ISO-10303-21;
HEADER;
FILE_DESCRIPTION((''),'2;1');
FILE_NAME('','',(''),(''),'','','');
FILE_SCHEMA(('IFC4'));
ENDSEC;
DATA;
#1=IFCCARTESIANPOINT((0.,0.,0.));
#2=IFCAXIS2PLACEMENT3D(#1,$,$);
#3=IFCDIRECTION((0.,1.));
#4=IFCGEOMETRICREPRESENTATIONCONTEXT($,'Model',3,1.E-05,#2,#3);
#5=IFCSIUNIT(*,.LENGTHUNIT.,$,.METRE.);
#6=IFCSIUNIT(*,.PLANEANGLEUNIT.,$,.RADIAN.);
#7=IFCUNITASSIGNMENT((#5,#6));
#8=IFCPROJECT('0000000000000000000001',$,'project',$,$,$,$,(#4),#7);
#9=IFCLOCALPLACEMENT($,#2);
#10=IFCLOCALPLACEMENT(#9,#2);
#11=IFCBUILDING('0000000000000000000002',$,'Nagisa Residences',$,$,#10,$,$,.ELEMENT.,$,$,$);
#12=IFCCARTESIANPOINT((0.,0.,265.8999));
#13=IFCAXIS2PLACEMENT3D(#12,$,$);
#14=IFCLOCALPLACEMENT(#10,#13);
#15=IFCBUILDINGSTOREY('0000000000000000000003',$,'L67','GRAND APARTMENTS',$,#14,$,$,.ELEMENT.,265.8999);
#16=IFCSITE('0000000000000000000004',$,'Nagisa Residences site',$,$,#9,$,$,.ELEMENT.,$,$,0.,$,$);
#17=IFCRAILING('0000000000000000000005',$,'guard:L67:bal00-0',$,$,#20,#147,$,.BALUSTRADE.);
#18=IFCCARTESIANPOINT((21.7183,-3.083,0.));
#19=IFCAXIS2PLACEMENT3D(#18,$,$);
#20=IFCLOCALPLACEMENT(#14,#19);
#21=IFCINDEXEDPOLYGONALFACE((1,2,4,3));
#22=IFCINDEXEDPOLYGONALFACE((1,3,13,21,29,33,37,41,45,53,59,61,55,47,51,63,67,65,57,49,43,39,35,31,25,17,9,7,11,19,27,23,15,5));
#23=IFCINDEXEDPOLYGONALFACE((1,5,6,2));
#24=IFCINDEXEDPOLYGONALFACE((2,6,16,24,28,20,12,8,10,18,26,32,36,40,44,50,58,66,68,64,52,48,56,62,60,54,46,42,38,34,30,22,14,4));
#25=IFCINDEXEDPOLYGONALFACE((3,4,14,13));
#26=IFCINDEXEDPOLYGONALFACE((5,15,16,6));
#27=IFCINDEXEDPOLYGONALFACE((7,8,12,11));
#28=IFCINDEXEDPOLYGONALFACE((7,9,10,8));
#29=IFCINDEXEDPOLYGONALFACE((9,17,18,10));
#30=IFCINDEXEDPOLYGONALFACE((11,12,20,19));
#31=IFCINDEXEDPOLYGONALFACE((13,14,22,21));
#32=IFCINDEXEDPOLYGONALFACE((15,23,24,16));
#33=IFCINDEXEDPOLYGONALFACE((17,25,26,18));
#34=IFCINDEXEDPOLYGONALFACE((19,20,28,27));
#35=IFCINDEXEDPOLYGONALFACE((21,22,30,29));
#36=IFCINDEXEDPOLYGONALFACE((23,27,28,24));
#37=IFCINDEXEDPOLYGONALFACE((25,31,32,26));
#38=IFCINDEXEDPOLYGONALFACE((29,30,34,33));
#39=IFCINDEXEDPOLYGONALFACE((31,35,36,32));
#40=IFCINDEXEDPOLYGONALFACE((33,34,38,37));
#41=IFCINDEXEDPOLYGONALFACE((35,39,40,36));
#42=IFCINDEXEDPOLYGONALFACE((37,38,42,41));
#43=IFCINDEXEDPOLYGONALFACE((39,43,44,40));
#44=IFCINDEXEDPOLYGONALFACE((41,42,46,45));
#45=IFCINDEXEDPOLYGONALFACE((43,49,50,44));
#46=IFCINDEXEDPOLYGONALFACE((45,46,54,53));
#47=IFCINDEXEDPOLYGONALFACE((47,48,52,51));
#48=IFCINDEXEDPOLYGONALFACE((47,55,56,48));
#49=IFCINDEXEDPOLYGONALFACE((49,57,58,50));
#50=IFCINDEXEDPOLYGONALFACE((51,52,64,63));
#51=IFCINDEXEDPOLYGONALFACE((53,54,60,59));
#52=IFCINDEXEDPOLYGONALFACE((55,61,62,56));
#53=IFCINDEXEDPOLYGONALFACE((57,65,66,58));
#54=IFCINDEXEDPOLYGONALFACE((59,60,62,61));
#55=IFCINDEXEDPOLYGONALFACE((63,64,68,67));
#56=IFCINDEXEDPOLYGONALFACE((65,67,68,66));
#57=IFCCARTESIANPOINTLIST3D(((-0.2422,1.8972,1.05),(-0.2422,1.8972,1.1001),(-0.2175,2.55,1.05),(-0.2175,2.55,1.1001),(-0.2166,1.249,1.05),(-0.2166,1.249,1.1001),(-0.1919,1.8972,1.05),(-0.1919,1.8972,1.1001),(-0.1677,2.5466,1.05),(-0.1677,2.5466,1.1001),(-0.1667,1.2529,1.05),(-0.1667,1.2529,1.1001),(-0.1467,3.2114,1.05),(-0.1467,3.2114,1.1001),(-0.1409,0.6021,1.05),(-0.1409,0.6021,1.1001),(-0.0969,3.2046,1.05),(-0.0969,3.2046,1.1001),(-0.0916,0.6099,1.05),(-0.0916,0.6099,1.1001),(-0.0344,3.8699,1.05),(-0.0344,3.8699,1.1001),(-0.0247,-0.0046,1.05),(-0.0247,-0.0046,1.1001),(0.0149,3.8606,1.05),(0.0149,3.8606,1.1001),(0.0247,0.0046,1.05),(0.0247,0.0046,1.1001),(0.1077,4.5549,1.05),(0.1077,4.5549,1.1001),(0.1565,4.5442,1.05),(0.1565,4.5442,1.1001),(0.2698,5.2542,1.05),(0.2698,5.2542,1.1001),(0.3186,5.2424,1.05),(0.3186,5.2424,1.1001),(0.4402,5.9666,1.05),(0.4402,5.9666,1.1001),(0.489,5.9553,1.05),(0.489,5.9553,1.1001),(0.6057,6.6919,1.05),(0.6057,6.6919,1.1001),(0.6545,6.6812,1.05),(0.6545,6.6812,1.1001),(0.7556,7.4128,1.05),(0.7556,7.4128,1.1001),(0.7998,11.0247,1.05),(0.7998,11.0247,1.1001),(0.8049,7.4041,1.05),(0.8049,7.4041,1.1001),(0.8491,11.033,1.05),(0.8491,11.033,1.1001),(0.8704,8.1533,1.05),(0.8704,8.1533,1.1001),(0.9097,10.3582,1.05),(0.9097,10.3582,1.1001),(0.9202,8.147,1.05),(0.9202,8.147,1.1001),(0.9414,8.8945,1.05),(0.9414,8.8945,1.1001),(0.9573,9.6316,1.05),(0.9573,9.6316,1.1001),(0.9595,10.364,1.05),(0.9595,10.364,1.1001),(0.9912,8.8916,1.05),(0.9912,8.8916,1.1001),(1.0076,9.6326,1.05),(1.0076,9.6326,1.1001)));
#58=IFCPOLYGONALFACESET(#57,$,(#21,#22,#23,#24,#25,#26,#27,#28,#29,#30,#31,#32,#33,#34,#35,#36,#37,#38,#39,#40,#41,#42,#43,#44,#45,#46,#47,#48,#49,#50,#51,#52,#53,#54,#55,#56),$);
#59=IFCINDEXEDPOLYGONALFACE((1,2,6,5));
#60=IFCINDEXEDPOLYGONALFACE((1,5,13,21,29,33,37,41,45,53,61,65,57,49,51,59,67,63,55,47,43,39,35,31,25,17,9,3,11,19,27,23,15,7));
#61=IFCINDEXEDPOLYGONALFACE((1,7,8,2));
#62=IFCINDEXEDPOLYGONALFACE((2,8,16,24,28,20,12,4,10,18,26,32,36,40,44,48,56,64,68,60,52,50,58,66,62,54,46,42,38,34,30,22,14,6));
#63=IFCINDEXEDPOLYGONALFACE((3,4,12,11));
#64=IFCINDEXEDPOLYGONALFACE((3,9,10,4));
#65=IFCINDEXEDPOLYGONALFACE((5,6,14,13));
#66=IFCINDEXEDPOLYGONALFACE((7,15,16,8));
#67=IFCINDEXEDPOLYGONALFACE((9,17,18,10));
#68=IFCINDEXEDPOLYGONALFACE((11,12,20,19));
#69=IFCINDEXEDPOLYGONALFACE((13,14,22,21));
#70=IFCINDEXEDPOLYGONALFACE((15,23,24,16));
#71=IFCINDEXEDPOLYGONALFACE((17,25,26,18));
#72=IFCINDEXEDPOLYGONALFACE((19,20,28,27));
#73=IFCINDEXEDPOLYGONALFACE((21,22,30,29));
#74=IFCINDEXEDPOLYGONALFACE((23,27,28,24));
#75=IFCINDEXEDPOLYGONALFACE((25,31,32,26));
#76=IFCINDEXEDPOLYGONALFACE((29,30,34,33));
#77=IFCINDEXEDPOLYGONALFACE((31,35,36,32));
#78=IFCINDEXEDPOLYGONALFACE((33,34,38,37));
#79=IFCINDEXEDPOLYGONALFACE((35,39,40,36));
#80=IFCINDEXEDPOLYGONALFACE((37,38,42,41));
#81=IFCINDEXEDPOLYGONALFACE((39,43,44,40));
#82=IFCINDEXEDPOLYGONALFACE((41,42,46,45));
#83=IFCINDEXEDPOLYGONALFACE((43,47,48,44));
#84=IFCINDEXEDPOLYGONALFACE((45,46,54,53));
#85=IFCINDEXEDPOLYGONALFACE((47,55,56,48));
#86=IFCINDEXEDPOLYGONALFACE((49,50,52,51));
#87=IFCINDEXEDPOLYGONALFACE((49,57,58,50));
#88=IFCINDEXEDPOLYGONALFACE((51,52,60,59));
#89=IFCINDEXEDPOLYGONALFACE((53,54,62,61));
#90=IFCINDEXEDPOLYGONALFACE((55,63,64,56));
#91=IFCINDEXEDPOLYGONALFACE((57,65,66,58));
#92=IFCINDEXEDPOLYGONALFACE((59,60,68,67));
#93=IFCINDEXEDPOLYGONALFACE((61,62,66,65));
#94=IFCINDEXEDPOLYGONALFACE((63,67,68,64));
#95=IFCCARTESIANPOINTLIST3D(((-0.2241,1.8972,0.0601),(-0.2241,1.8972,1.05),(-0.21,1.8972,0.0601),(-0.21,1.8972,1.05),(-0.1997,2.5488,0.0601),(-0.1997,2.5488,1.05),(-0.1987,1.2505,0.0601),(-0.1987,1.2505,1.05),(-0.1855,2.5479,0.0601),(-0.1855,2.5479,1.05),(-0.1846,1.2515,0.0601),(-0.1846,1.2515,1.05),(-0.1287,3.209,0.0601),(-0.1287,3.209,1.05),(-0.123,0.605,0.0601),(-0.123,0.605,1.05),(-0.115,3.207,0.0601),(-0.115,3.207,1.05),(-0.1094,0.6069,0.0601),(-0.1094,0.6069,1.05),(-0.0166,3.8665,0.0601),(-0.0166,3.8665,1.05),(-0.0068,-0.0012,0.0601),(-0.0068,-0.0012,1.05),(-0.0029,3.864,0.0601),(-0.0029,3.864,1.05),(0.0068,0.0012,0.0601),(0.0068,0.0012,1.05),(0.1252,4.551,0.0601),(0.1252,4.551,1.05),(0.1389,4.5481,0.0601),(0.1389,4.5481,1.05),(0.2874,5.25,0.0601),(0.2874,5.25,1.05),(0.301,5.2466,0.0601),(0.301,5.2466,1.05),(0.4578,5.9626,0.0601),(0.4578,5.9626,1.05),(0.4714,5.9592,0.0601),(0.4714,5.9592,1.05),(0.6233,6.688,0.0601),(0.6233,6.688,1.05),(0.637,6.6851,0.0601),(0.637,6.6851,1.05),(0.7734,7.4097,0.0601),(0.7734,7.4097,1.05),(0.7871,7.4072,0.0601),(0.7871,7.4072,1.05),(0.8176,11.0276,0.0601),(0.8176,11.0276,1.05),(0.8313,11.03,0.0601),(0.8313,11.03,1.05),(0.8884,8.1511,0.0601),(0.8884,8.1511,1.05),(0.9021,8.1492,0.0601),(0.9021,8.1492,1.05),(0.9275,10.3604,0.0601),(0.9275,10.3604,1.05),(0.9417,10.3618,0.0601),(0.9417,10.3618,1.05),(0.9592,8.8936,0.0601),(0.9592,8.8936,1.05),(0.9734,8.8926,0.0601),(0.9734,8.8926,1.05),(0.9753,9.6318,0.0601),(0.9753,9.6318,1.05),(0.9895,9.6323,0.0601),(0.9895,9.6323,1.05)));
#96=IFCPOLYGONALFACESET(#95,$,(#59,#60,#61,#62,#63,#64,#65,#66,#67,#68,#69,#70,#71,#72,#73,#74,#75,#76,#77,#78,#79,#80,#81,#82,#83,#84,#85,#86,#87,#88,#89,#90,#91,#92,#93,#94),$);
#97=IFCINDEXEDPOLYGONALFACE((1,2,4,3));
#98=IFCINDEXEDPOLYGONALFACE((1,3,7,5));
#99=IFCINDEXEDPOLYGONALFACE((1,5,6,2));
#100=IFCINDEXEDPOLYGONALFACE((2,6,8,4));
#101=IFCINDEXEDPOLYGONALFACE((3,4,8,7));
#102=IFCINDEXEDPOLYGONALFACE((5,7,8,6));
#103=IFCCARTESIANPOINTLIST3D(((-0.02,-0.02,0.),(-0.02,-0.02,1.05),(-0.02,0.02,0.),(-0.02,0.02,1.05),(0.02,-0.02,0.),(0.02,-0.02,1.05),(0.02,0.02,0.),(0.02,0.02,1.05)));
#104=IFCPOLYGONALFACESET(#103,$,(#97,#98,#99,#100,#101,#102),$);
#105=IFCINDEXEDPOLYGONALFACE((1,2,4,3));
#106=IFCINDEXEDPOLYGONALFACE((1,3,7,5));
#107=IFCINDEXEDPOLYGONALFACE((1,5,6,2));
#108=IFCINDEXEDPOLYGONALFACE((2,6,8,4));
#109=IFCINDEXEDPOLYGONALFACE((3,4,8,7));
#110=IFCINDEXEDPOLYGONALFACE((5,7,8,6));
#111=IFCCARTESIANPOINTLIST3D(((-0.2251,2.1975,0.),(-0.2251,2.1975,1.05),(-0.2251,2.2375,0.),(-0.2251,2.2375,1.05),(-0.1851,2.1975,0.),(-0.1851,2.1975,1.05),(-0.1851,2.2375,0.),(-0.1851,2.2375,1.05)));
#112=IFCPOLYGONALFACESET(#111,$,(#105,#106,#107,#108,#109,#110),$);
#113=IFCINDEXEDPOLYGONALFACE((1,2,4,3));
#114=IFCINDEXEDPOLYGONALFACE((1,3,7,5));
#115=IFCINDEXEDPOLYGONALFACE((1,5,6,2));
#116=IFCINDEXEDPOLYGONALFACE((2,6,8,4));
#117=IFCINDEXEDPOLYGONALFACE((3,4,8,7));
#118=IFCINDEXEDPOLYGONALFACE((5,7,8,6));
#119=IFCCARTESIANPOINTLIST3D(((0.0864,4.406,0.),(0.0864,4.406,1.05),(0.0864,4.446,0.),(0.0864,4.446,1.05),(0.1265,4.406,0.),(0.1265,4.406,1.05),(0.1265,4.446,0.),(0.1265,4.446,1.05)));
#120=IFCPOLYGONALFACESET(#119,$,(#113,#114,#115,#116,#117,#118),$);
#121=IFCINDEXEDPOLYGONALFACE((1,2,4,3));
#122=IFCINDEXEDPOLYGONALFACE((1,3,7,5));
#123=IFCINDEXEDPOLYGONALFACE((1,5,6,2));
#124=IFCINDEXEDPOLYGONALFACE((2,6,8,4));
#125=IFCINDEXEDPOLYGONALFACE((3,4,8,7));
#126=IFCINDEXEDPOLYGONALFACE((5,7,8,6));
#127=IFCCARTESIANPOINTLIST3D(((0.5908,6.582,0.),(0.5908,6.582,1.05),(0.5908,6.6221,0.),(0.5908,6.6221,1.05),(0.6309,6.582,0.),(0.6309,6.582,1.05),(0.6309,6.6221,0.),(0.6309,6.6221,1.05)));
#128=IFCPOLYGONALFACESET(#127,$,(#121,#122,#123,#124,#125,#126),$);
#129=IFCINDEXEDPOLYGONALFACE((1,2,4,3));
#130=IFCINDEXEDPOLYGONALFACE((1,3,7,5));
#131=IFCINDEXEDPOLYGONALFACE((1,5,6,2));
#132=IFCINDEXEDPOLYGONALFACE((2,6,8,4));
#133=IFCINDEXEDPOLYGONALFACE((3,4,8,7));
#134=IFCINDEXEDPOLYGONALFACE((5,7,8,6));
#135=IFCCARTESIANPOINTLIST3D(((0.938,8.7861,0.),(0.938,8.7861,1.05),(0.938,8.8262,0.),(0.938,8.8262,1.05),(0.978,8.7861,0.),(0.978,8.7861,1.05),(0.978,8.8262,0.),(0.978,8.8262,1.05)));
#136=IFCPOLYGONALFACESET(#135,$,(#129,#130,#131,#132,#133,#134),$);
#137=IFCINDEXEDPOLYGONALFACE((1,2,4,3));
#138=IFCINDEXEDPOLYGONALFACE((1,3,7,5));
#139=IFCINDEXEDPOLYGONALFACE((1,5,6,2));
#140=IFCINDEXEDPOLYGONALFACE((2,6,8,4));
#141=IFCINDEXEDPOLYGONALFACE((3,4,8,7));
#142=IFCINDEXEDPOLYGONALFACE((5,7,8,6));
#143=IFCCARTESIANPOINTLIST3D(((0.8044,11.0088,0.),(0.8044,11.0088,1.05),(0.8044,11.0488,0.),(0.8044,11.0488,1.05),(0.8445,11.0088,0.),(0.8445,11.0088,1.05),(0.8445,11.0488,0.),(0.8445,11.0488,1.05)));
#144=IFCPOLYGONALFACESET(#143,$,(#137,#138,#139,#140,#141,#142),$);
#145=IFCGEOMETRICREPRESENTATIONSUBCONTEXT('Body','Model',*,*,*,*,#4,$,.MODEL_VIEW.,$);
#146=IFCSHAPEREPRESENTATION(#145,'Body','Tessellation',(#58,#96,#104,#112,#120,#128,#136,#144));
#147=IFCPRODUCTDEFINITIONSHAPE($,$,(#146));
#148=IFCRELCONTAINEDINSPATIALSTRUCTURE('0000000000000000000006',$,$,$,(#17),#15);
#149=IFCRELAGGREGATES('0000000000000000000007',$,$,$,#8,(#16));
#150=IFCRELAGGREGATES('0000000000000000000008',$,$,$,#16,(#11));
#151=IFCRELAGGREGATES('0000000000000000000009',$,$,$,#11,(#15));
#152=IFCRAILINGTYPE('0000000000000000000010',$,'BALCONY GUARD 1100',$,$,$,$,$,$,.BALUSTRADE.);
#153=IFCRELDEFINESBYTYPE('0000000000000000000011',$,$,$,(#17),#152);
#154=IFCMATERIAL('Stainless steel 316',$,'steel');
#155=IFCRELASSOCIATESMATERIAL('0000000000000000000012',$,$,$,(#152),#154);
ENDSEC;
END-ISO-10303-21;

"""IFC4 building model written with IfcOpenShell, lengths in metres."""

from ifc_helpers import new_model, si_unit, direction, frame, origin, origin_2d, place, context, subcontext, project, spatial, polyline, rectangle, outline, extrude, material, type_object, element, save


model = new_model("IFC4")

# Units and contexts
model_context = context("Model", 3, precision=1e-05, world=origin(), true_north=direction((0.0, 1.0)))
body_context = subcontext(model_context, "Body", "Model", "MODEL_VIEW")
ifc_project = project(units=[si_unit("LENGTHUNIT", "METRE"), si_unit("PLANEANGLEUNIT", "RADIAN")], contexts=[model_context])

# Site, building, storey
site_placement = place(None, origin())
site = spatial("IfcSite", under=ifc_project, at=site_placement, Name="Nagisa Residences site", CompositionType="ELEMENT", RefElevation=0.0)
building_placement = place(site_placement, origin())
building = spatial("IfcBuilding", under=site, at=building_placement, Name="Nagisa Residences", CompositionType="ELEMENT")
storey_placement = place(building_placement, frame((0.0, 0.0, 265.8999)))
storey = spatial("IfcBuildingStorey", under=building, at=storey_placement, Name="L67", Description="GRAND APARTMENTS", CompositionType="ELEMENT", Elevation=265.8999)

# Railing
ifc_material_1 = material(Name="Stainless steel 316", Category="steel")
railing_type = type_object("IfcRailingType", Name="BALCONY GUARD 1100", PredefinedType="BALUSTRADE", material=ifc_material_1)
railing_placement = place(storey_placement, frame((21.7183, -3.083, 0.0)))
element("IfcRailing", 1, at=railing_placement, inside=storey, type_object=railing_type, Name="guard:L67:bal00-0", PredefinedType="BALUSTRADE", context=body_context, shape_type="SweptSolid", body=[
    extrude(outline(polyline([(-0.1409, 0.6021), (-0.0247, -0.0046), (0.0247, 0.0046), (-0.0916, 0.6099), (-0.1667, 1.2529), (-0.1919, 1.8972), (-0.1677, 2.5466), (-0.0969, 3.2046), (0.0149, 3.8606), (0.1565, 4.5442), (0.3186, 5.2424), (0.489, 5.9553), (0.6545, 6.6812), (0.8049, 7.4041), (0.9202, 8.147), (0.9912, 8.8916), (1.0076, 9.6326), (0.9595, 10.364), (0.8491, 11.033), (0.7998, 11.0247), (0.9097, 10.3582), (0.9573, 9.6316), (0.9414, 8.8945), (0.8704, 8.1533), (0.7556, 7.4128), (0.6057, 6.6919), (0.4402, 5.9666), (0.2698, 5.2542), (0.1077, 4.5549), (-0.0344, 3.8699), (-0.1467, 3.2114), (-0.2175, 2.55), (-0.2422, 1.8972), (-0.2166, 1.249), (-0.1409, 0.6021)])), frame((0.0, 0.0, 1.05)), (0.0, 0.0, 1.0), 0.05),
    extrude(outline(polyline([(-0.123, 0.605), (-0.0068, -0.0012), (0.0068, 0.0012), (-0.1094, 0.6069), (-0.1846, 1.2515), (-0.21, 1.8972), (-0.1855, 2.5479), (-0.115, 3.207), (-0.0029, 3.864), (0.1389, 4.5481), (0.301, 5.2466), (0.4714, 5.9592), (0.637, 6.6851), (0.7871, 7.4072), (0.9021, 8.1492), (0.9734, 8.8926), (0.9895, 9.6323), (0.9417, 10.3618), (0.8313, 11.03), (0.8176, 11.0276), (0.9275, 10.3604), (0.9753, 9.6318), (0.9592, 8.8936), (0.8884, 8.1511), (0.7734, 7.4097), (0.6233, 6.688), (0.4578, 5.9626), (0.2874, 5.25), (0.1252, 4.551), (-0.0166, 3.8665), (-0.1287, 3.209), (-0.1997, 2.5488), (-0.2241, 1.8972), (-0.1987, 1.2505), (-0.123, 0.605)])), frame((0.0, 0.0, 0.0601)), (0.0, 0.0, 1.0), 0.99),
    extrude(rectangle(XDim=0.04, YDim=0.04, at=origin_2d()), origin(), (0.0, 0.0, 1.0), 1.05),
    extrude(rectangle(XDim=0.04, YDim=0.04, at=origin_2d()), frame((-0.2051, 2.2175, 0.0)), (0.0, 0.0, 1.0), 1.05),
    extrude(rectangle(XDim=0.04, YDim=0.04, at=origin_2d()), frame((0.1064, 4.426, 0.0)), (0.0, 0.0, 1.0), 1.05),
    extrude(rectangle(XDim=0.04, YDim=0.04, at=origin_2d()), frame((0.6108, 6.6021, 0.0)), (0.0, 0.0, 1.0), 1.05),
    extrude(rectangle(XDim=0.04, YDim=0.04, at=origin_2d()), frame((0.958, 8.8062, 0.0)), (0.0, 0.0, 1.0), 1.05),
    extrude(rectangle(XDim=0.04, YDim=0.04, at=origin_2d()), frame((0.8245, 11.0288, 0.0)), (0.0, 0.0, 1.0), 1.05),
])

save(model, "model.ifc")
